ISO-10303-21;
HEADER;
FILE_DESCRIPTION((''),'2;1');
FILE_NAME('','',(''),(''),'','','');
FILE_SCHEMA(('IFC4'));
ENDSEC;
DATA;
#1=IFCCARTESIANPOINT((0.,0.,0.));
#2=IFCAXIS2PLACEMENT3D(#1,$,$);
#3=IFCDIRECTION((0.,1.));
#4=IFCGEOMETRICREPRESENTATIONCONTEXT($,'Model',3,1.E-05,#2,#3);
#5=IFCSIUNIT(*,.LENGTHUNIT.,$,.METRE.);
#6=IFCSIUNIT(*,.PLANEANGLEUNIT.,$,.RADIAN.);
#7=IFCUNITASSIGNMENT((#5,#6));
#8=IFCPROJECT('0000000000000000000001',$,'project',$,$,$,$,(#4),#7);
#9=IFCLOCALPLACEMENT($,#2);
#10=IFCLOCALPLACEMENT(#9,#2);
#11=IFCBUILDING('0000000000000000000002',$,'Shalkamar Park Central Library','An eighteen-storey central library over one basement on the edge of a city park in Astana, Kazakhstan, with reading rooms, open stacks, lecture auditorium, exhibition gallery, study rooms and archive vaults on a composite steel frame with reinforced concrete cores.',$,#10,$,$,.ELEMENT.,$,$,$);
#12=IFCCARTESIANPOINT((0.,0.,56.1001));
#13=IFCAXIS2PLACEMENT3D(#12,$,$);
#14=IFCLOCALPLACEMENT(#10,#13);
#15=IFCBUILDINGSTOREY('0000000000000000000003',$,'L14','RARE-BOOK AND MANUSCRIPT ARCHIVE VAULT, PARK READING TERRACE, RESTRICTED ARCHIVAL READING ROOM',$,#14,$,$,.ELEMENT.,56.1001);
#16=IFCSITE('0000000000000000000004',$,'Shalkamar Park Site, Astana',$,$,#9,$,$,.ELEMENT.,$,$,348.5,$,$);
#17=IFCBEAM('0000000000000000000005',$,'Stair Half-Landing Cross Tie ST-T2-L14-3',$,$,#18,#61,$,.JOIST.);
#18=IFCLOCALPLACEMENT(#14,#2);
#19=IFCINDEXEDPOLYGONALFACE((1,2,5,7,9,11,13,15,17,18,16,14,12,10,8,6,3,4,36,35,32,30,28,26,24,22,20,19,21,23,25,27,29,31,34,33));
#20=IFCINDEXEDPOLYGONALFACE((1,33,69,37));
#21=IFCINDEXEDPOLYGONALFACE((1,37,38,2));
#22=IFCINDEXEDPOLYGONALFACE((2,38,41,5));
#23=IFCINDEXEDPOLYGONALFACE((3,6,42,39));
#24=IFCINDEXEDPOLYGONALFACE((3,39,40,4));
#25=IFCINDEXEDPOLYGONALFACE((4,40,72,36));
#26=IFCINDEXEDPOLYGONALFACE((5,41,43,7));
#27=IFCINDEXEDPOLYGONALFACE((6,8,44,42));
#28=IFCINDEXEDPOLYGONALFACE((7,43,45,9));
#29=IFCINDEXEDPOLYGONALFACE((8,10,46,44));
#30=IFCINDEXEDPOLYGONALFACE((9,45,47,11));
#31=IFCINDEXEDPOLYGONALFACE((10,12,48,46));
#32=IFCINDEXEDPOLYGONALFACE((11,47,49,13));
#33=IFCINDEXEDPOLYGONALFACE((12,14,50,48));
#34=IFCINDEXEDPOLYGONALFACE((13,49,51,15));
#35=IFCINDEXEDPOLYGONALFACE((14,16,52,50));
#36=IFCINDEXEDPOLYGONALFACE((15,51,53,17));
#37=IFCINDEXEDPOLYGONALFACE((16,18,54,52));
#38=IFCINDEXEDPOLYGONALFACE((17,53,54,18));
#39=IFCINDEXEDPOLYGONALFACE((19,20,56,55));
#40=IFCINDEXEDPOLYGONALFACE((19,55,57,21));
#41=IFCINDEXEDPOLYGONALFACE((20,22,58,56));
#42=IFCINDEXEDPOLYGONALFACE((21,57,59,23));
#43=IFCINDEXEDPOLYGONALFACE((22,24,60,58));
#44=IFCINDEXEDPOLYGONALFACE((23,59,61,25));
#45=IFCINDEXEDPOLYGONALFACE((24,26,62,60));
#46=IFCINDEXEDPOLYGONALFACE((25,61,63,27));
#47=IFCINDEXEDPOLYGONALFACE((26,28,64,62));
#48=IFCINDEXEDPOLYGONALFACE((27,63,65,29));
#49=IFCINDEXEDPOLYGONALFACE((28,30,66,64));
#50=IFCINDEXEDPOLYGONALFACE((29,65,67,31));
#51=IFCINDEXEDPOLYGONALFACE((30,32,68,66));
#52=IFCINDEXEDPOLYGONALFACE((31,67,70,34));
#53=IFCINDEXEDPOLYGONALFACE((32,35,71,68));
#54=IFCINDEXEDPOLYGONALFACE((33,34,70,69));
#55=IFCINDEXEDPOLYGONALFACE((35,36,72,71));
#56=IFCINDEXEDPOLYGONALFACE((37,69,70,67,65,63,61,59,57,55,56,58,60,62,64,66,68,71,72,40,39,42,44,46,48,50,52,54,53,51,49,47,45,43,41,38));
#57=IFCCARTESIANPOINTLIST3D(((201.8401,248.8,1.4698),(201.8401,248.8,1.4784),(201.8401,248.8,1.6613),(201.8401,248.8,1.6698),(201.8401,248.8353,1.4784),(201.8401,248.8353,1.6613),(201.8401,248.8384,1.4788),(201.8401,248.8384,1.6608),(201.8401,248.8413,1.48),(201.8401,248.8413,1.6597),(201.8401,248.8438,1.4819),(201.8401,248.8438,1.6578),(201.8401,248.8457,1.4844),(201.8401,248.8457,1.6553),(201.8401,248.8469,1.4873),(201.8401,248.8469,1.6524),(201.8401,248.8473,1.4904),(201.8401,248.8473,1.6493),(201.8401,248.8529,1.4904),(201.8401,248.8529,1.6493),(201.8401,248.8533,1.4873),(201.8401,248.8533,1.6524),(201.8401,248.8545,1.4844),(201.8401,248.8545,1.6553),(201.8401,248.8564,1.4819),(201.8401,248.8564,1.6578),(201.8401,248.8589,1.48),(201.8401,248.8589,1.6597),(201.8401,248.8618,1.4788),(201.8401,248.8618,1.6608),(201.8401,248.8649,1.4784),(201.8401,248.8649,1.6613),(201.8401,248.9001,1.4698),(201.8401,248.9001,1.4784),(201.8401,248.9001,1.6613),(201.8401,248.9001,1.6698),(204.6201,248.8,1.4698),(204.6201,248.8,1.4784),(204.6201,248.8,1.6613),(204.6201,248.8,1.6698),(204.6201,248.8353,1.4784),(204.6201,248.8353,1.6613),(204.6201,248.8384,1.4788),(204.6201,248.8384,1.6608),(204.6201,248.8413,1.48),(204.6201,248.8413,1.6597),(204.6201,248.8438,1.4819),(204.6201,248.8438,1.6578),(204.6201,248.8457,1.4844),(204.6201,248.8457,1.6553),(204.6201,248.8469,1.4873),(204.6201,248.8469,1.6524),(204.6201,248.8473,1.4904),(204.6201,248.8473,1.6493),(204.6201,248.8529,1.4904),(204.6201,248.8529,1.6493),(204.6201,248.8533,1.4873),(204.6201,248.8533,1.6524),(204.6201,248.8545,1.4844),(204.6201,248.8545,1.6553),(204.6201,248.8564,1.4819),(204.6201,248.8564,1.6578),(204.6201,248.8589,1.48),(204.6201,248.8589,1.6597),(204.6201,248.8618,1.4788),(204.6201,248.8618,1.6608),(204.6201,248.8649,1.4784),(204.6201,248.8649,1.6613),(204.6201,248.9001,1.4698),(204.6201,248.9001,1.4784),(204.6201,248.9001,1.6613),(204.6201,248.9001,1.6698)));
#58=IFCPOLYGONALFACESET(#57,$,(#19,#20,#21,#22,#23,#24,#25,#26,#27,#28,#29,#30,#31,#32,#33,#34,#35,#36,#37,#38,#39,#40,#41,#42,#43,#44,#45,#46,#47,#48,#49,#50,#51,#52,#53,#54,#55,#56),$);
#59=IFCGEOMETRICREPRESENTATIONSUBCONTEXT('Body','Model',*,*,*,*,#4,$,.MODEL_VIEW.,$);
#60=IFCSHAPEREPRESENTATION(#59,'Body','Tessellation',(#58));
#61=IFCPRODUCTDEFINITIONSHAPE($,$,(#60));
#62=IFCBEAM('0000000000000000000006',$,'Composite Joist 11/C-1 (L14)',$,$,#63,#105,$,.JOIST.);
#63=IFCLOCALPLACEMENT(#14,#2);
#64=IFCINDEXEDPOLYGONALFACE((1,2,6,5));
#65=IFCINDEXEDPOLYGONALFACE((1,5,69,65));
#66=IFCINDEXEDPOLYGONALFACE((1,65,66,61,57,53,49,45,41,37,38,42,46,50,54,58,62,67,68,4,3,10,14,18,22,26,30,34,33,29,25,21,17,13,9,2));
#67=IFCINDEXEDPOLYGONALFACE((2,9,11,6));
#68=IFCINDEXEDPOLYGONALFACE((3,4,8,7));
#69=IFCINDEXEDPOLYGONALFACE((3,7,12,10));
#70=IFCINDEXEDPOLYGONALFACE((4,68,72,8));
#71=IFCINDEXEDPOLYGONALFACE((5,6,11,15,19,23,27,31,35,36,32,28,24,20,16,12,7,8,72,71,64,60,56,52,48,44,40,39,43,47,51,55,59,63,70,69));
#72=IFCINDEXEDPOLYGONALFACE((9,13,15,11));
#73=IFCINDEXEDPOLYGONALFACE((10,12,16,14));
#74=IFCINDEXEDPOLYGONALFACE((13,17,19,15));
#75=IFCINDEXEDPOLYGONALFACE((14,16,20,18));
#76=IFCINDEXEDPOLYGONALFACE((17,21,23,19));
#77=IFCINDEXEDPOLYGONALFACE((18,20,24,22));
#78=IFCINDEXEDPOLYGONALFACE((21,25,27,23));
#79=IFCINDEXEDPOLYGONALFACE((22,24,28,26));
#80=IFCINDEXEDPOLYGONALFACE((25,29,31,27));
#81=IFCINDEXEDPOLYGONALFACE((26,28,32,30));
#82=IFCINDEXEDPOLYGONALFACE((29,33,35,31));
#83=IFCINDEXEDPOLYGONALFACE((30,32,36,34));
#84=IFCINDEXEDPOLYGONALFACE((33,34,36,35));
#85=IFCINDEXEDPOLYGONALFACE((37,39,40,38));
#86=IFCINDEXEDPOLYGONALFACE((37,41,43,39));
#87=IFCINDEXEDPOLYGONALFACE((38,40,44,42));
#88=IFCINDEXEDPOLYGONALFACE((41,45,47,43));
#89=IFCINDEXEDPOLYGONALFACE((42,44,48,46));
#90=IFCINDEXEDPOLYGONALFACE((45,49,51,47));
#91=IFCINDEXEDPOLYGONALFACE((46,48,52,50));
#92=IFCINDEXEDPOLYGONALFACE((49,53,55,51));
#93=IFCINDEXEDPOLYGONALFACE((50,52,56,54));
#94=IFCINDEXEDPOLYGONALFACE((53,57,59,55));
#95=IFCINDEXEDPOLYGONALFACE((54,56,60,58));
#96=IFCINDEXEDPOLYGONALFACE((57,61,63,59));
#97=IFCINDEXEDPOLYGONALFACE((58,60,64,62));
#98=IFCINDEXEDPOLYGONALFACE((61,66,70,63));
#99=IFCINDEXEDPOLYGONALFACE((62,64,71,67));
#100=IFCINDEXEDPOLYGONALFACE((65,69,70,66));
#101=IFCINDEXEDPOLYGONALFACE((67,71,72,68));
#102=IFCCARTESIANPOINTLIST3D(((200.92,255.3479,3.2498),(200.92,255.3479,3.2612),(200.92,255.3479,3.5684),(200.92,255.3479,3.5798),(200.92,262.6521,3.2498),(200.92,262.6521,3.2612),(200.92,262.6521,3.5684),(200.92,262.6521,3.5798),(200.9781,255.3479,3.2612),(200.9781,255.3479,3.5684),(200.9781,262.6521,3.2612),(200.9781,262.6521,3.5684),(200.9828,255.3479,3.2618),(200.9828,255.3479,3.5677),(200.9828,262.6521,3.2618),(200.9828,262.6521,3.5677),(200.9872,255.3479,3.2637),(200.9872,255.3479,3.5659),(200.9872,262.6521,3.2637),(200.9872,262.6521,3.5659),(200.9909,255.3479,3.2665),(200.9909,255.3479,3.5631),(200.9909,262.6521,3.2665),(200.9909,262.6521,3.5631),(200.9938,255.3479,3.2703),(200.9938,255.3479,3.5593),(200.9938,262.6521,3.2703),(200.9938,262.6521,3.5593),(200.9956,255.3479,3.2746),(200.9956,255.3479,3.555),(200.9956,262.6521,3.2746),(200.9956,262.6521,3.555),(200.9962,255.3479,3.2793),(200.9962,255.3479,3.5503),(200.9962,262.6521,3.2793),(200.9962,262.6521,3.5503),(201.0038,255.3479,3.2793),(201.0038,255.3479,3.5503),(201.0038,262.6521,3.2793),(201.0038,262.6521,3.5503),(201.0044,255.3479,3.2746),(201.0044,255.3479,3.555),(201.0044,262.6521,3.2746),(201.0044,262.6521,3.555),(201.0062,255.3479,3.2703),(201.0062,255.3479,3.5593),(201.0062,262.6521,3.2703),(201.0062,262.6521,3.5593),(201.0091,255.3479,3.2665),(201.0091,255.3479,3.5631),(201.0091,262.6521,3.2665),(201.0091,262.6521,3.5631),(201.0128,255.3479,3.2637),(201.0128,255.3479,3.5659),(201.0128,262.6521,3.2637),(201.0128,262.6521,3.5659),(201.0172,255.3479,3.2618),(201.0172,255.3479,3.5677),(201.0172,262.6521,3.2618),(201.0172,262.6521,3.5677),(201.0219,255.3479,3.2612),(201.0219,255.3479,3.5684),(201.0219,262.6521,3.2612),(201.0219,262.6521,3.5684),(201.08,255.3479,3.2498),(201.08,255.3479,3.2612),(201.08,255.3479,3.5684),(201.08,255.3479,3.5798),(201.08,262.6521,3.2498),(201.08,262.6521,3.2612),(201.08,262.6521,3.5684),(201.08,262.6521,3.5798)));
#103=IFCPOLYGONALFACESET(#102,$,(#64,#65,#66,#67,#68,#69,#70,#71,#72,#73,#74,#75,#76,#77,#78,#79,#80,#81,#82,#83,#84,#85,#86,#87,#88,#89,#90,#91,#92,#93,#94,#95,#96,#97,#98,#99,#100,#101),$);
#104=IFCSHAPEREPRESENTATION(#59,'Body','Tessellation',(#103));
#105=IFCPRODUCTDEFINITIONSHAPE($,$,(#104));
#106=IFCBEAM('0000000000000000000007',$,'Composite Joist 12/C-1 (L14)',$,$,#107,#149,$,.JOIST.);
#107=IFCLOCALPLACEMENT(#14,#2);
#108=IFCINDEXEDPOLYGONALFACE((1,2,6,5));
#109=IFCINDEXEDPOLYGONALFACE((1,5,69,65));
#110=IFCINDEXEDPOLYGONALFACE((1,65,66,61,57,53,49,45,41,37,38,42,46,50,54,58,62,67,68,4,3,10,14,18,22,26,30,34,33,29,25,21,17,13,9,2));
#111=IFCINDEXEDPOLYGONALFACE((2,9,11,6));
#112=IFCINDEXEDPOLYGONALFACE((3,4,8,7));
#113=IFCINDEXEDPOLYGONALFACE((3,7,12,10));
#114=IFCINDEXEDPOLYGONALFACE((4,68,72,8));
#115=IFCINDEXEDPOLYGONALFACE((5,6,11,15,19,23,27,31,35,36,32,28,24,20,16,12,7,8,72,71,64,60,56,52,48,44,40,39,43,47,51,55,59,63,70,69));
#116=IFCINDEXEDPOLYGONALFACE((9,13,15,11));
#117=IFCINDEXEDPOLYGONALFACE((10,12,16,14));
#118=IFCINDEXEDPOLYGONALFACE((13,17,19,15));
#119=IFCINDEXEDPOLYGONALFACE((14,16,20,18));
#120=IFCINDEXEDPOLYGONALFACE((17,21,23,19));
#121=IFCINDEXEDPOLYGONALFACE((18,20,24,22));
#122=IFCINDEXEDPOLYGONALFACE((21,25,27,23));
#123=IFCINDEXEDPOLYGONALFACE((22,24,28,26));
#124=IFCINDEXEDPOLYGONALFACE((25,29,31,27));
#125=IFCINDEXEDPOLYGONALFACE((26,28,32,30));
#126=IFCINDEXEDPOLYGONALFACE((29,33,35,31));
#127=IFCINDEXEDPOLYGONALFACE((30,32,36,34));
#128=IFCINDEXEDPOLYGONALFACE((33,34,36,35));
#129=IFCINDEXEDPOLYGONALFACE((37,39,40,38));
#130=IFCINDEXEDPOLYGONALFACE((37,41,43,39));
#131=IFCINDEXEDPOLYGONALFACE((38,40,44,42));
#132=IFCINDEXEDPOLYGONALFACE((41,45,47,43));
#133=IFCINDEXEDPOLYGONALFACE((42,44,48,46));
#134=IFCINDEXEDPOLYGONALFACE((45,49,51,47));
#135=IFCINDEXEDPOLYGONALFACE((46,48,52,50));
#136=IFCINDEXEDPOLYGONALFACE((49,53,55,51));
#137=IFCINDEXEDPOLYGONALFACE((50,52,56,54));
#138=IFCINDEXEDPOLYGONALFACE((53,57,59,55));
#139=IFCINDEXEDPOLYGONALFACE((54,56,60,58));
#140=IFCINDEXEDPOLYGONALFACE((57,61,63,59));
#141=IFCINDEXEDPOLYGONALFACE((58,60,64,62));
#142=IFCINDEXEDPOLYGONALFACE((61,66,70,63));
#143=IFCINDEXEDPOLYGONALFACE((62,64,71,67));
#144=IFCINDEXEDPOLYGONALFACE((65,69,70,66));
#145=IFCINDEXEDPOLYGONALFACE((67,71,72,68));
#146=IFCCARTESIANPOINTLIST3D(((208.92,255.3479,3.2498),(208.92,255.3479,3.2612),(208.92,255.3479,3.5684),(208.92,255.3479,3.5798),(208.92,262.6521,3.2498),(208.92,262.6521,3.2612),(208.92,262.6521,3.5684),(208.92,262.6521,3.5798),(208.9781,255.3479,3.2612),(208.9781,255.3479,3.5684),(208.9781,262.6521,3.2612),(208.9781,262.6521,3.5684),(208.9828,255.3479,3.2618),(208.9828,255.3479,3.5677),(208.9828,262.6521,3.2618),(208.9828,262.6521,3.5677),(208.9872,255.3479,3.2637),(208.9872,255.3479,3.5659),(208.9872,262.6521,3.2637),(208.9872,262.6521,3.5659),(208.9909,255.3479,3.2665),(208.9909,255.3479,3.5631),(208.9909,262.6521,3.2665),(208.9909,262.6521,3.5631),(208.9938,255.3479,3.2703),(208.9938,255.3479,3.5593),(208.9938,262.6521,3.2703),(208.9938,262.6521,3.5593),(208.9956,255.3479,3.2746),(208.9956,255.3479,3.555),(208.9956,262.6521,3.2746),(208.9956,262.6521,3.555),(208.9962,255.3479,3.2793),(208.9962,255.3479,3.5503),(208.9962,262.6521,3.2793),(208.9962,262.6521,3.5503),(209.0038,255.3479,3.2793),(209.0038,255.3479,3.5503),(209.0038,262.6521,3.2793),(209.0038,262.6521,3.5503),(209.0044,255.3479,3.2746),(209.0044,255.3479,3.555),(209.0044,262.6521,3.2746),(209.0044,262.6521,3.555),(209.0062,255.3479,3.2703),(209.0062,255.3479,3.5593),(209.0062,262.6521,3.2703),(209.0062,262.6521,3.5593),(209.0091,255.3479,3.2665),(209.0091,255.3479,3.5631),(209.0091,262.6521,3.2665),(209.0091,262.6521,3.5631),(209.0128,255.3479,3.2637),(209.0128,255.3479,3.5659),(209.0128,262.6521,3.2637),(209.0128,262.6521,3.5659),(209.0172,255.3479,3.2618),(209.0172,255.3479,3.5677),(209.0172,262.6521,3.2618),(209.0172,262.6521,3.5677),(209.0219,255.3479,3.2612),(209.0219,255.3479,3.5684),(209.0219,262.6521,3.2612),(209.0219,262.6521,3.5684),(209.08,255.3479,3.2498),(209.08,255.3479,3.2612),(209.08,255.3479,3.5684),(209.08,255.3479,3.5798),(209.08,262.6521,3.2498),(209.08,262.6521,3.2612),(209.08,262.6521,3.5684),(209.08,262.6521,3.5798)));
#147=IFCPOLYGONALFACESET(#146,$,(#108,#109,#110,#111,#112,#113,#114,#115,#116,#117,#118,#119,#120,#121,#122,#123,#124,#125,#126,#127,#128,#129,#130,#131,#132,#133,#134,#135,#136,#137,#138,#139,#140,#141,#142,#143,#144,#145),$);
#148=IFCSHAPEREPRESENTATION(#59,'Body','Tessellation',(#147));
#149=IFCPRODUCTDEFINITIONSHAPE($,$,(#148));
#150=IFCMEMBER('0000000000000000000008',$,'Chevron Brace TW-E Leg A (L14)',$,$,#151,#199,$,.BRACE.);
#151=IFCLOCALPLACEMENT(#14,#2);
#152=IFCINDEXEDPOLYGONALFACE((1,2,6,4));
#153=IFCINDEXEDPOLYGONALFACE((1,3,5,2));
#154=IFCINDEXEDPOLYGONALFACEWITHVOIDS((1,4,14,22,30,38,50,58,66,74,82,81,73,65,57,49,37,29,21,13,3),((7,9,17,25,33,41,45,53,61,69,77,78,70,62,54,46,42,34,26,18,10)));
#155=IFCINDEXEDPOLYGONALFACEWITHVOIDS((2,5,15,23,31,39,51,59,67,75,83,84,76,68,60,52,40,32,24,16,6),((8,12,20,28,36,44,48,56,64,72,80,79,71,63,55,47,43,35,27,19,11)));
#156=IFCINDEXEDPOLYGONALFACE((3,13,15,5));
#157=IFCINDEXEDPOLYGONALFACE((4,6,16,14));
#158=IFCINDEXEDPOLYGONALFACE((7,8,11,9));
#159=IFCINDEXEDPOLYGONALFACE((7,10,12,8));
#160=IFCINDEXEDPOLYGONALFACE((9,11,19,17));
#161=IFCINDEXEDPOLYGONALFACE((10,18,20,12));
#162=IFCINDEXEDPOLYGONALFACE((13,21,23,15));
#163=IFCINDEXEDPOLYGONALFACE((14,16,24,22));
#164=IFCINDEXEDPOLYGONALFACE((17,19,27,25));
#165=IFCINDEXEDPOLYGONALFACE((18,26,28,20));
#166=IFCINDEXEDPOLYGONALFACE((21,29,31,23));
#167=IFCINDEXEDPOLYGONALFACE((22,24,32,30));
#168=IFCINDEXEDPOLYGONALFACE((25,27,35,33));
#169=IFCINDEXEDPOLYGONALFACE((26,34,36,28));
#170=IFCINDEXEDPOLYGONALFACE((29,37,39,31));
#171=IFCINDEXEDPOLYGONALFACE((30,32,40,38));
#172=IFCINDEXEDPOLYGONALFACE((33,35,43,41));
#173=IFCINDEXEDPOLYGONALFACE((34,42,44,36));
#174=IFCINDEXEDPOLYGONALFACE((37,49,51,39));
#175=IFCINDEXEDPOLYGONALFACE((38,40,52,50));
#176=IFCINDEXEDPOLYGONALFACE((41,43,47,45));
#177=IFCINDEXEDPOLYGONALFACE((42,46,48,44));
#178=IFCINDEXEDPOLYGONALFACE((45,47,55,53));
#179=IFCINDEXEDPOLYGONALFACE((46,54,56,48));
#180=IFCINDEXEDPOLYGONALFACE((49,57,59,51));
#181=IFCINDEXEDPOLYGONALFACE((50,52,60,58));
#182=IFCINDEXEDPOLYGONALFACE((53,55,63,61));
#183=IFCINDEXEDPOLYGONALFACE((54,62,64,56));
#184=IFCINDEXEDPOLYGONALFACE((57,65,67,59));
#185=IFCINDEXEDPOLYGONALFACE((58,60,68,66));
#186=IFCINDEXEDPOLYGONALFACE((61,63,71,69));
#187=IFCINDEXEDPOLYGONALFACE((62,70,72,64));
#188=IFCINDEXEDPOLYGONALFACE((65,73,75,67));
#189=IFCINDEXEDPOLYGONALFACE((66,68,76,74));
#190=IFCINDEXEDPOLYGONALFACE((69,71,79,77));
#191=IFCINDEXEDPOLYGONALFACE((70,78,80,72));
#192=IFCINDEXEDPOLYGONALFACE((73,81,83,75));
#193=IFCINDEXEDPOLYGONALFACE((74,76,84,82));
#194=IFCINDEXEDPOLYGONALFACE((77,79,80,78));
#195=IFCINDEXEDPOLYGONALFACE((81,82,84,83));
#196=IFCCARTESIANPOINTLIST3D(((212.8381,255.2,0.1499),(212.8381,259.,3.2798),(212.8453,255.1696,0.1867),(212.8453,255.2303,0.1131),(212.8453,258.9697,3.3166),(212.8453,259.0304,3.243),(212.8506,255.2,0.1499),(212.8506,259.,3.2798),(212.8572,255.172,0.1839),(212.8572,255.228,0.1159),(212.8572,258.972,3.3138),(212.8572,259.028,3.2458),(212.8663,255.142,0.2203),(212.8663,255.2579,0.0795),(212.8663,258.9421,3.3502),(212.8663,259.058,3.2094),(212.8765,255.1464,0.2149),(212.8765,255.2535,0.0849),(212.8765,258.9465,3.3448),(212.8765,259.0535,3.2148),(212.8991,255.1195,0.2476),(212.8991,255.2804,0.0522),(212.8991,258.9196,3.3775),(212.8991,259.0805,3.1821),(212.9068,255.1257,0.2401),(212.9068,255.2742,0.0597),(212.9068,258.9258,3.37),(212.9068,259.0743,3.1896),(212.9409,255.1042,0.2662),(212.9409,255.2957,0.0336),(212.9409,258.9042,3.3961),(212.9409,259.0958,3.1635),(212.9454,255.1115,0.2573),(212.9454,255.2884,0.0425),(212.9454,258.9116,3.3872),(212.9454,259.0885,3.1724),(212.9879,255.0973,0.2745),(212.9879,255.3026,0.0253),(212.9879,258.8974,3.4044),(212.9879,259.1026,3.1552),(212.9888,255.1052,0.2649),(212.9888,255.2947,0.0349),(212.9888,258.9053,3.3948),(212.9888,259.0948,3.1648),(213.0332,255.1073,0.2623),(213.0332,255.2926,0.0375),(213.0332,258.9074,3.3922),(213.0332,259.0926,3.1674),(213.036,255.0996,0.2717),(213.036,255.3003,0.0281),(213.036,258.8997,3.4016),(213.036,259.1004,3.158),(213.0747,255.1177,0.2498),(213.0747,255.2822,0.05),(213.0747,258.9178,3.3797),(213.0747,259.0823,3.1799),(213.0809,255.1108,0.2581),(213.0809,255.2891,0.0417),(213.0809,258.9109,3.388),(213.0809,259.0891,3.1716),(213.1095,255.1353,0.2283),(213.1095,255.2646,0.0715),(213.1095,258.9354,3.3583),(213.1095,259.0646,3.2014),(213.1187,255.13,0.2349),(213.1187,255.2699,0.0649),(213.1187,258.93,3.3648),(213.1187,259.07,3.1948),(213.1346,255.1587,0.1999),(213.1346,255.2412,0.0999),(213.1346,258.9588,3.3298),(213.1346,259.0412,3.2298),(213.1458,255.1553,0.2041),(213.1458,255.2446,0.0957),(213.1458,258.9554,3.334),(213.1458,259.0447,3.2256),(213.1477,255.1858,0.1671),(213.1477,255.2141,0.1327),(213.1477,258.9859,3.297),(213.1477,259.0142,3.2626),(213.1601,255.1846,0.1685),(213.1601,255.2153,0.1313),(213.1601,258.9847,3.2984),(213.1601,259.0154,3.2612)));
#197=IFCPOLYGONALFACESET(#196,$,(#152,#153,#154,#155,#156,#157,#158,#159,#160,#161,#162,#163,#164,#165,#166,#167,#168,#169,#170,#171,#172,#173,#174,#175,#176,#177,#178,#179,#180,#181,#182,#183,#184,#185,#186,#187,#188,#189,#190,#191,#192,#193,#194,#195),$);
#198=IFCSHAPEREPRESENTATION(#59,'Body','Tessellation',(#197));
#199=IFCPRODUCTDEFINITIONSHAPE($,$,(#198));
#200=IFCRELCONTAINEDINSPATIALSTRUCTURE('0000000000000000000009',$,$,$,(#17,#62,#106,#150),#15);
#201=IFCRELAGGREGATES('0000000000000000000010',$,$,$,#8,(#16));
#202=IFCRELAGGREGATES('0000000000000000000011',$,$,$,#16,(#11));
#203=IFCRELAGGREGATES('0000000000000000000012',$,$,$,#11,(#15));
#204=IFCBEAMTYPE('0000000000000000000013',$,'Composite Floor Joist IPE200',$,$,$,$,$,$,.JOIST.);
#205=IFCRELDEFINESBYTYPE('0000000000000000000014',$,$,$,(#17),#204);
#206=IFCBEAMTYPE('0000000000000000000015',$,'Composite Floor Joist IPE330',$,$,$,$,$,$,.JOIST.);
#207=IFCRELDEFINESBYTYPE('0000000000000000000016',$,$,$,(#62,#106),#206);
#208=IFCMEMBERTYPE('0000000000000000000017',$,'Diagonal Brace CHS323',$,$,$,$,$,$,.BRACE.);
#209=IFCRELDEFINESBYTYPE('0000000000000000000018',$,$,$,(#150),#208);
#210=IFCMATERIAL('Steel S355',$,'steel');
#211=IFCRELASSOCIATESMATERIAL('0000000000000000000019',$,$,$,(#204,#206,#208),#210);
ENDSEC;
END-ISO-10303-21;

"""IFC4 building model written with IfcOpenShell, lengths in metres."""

from ifc_helpers import new_model, si_unit, direction, frame, origin, origin_2d, place, context, subcontext, project, spatial, hollow_circle, i_section, extrude, material, material_profile, profile_set, type_object, element, save


model = new_model("IFC4")

# Units and contexts
model_context = context("Model", 3, precision=1e-05, world=origin(), true_north=direction((0.0, 1.0)))
body_context = subcontext(model_context, "Body", "Model", "MODEL_VIEW")
ifc_project = project(units=[si_unit("LENGTHUNIT", "METRE"), si_unit("PLANEANGLEUNIT", "RADIAN")], contexts=[model_context])

# Site, building, storey
site_placement = place(None, origin())
site = spatial("IfcSite", under=ifc_project, at=site_placement, Name="Shalkamar Park Site, Astana", CompositionType="ELEMENT", RefElevation=348.5)
building_placement = place(site_placement, origin())
building = spatial("IfcBuilding", under=site, at=building_placement, Name="Shalkamar Park Central Library", Description="An eighteen-storey central library over one basement on the edge of a city park in Astana, Kazakhstan, with reading rooms, open stacks, lecture auditorium, exhibition gallery, study rooms and archive vaults on a composite steel frame with reinforced concrete cores.", CompositionType="ELEMENT")
storey_placement = place(building_placement, frame((0.0, 0.0, 56.1001)))
storey = spatial("IfcBuildingStorey", under=building, at=storey_placement, Name="L14", Description="RARE-BOOK AND MANUSCRIPT ARCHIVE VAULT, PARK READING TERRACE, RESTRICTED ARCHIVAL READING ROOM", CompositionType="ELEMENT", Elevation=56.1001)

# Shared definitions
ifc_material_1 = material(Name="Steel S355", Category="steel")

# Beams
ifc_material_profile_1 = material_profile(ifc_material_1, i_section(OverallWidth=0.1001, OverallDepth=0.2, WebThickness=0.0056, FlangeThickness=0.0085, FilletRadius=0.012, at=origin_2d()), Name="IPE 200")
ifc_profile_set_1 = profile_set([ifc_material_profile_1], Name="Steel S355")
beam_type_1 = type_object("IfcBeamType", Name="Composite Floor Joist IPE200", PredefinedType="JOIST", material=ifc_profile_set_1)
beam_1_placement = place(storey_placement, frame((201.8401, 248.8501, 1.5698), z_axis=(1.0, 0.0, 0.0), x_axis=(0.0, 1.0, 0.0)))
element("IfcBeam", 1, at=beam_1_placement, inside=storey, type_object=beam_type_1, Name="Stair Half-Landing Cross Tie ST-T2-L14-3", PredefinedType="JOIST", context=body_context, shape_type="SweptSolid", body=[
    extrude(i_section(OverallWidth=0.1001, OverallDepth=0.2, WebThickness=0.0056, FlangeThickness=0.0085, FilletRadius=0.012, at=origin_2d()), origin(), (0.0, 0.0, 1.0), 2.78),
])
ifc_material_profile_2 = material_profile(ifc_material_1, i_section(OverallWidth=0.1599, OverallDepth=0.3301, WebThickness=0.0076, FlangeThickness=0.0115, FilletRadius=0.0181, at=origin_2d()), Name="IPE 330")
ifc_profile_set_2 = profile_set([ifc_material_profile_2], Name="Steel S355")
beam_type_2 = type_object("IfcBeamType", Name="Composite Floor Joist IPE330", PredefinedType="JOIST", material=ifc_profile_set_2)
for number, where, z_axis, x_axis, name in (
    (2, (201.0, 255.3479, 3.4148), (0.0, 1.0, 0.0), (-1.0, 0.0, 0.0), "Composite Joist 11/C-1 (L14)"),
    (3, (209.0, 255.3479, 3.4148), (0.0, 1.0, 0.0), (-1.0, 0.0, 0.0), "Composite Joist 12/C-1 (L14)"),
):
    element("IfcBeam", number, at=place(storey_placement, frame(where, z_axis=z_axis, x_axis=x_axis)), inside=storey, type_object=beam_type_2, Name=name, PredefinedType="JOIST", context=body_context, shape_type="SweptSolid", body=[
        extrude(i_section(OverallWidth=0.1599, OverallDepth=0.3301, WebThickness=0.0076, FlangeThickness=0.0115, FilletRadius=0.0181, at=origin_2d()), origin(), (0.0, 0.0, 1.0), 7.3042),
    ])

# Member
ifc_material_profile_3 = material_profile(ifc_material_1, hollow_circle(Radius=0.1619, WallThickness=0.0125, at=origin_2d()), Name="CHS 323.9x12.5")
ifc_profile_set_3 = profile_set([ifc_material_profile_3], Name="Steel S355")
member_type = type_object("IfcMemberType", Name="Diagonal Brace CHS323", PredefinedType="BRACE", material=ifc_profile_set_3)
member_placement = place(storey_placement, frame((213.0, 255.2, 0.1499), z_axis=(0.0, 0.771887, 0.635759), x_axis=(-1.0, 0.0, 0.0)))
element("IfcMember", 4, at=member_placement, inside=storey, type_object=member_type, Name="Chevron Brace TW-E Leg A (L14)", PredefinedType="BRACE", context=body_context, shape_type="SweptSolid", body=[
    extrude(hollow_circle(Radius=0.1619, WallThickness=0.0125, at=origin_2d()), origin(), (0.0, 0.0, 1.0), 4.9231),
])

save(model, "model.ifc")
